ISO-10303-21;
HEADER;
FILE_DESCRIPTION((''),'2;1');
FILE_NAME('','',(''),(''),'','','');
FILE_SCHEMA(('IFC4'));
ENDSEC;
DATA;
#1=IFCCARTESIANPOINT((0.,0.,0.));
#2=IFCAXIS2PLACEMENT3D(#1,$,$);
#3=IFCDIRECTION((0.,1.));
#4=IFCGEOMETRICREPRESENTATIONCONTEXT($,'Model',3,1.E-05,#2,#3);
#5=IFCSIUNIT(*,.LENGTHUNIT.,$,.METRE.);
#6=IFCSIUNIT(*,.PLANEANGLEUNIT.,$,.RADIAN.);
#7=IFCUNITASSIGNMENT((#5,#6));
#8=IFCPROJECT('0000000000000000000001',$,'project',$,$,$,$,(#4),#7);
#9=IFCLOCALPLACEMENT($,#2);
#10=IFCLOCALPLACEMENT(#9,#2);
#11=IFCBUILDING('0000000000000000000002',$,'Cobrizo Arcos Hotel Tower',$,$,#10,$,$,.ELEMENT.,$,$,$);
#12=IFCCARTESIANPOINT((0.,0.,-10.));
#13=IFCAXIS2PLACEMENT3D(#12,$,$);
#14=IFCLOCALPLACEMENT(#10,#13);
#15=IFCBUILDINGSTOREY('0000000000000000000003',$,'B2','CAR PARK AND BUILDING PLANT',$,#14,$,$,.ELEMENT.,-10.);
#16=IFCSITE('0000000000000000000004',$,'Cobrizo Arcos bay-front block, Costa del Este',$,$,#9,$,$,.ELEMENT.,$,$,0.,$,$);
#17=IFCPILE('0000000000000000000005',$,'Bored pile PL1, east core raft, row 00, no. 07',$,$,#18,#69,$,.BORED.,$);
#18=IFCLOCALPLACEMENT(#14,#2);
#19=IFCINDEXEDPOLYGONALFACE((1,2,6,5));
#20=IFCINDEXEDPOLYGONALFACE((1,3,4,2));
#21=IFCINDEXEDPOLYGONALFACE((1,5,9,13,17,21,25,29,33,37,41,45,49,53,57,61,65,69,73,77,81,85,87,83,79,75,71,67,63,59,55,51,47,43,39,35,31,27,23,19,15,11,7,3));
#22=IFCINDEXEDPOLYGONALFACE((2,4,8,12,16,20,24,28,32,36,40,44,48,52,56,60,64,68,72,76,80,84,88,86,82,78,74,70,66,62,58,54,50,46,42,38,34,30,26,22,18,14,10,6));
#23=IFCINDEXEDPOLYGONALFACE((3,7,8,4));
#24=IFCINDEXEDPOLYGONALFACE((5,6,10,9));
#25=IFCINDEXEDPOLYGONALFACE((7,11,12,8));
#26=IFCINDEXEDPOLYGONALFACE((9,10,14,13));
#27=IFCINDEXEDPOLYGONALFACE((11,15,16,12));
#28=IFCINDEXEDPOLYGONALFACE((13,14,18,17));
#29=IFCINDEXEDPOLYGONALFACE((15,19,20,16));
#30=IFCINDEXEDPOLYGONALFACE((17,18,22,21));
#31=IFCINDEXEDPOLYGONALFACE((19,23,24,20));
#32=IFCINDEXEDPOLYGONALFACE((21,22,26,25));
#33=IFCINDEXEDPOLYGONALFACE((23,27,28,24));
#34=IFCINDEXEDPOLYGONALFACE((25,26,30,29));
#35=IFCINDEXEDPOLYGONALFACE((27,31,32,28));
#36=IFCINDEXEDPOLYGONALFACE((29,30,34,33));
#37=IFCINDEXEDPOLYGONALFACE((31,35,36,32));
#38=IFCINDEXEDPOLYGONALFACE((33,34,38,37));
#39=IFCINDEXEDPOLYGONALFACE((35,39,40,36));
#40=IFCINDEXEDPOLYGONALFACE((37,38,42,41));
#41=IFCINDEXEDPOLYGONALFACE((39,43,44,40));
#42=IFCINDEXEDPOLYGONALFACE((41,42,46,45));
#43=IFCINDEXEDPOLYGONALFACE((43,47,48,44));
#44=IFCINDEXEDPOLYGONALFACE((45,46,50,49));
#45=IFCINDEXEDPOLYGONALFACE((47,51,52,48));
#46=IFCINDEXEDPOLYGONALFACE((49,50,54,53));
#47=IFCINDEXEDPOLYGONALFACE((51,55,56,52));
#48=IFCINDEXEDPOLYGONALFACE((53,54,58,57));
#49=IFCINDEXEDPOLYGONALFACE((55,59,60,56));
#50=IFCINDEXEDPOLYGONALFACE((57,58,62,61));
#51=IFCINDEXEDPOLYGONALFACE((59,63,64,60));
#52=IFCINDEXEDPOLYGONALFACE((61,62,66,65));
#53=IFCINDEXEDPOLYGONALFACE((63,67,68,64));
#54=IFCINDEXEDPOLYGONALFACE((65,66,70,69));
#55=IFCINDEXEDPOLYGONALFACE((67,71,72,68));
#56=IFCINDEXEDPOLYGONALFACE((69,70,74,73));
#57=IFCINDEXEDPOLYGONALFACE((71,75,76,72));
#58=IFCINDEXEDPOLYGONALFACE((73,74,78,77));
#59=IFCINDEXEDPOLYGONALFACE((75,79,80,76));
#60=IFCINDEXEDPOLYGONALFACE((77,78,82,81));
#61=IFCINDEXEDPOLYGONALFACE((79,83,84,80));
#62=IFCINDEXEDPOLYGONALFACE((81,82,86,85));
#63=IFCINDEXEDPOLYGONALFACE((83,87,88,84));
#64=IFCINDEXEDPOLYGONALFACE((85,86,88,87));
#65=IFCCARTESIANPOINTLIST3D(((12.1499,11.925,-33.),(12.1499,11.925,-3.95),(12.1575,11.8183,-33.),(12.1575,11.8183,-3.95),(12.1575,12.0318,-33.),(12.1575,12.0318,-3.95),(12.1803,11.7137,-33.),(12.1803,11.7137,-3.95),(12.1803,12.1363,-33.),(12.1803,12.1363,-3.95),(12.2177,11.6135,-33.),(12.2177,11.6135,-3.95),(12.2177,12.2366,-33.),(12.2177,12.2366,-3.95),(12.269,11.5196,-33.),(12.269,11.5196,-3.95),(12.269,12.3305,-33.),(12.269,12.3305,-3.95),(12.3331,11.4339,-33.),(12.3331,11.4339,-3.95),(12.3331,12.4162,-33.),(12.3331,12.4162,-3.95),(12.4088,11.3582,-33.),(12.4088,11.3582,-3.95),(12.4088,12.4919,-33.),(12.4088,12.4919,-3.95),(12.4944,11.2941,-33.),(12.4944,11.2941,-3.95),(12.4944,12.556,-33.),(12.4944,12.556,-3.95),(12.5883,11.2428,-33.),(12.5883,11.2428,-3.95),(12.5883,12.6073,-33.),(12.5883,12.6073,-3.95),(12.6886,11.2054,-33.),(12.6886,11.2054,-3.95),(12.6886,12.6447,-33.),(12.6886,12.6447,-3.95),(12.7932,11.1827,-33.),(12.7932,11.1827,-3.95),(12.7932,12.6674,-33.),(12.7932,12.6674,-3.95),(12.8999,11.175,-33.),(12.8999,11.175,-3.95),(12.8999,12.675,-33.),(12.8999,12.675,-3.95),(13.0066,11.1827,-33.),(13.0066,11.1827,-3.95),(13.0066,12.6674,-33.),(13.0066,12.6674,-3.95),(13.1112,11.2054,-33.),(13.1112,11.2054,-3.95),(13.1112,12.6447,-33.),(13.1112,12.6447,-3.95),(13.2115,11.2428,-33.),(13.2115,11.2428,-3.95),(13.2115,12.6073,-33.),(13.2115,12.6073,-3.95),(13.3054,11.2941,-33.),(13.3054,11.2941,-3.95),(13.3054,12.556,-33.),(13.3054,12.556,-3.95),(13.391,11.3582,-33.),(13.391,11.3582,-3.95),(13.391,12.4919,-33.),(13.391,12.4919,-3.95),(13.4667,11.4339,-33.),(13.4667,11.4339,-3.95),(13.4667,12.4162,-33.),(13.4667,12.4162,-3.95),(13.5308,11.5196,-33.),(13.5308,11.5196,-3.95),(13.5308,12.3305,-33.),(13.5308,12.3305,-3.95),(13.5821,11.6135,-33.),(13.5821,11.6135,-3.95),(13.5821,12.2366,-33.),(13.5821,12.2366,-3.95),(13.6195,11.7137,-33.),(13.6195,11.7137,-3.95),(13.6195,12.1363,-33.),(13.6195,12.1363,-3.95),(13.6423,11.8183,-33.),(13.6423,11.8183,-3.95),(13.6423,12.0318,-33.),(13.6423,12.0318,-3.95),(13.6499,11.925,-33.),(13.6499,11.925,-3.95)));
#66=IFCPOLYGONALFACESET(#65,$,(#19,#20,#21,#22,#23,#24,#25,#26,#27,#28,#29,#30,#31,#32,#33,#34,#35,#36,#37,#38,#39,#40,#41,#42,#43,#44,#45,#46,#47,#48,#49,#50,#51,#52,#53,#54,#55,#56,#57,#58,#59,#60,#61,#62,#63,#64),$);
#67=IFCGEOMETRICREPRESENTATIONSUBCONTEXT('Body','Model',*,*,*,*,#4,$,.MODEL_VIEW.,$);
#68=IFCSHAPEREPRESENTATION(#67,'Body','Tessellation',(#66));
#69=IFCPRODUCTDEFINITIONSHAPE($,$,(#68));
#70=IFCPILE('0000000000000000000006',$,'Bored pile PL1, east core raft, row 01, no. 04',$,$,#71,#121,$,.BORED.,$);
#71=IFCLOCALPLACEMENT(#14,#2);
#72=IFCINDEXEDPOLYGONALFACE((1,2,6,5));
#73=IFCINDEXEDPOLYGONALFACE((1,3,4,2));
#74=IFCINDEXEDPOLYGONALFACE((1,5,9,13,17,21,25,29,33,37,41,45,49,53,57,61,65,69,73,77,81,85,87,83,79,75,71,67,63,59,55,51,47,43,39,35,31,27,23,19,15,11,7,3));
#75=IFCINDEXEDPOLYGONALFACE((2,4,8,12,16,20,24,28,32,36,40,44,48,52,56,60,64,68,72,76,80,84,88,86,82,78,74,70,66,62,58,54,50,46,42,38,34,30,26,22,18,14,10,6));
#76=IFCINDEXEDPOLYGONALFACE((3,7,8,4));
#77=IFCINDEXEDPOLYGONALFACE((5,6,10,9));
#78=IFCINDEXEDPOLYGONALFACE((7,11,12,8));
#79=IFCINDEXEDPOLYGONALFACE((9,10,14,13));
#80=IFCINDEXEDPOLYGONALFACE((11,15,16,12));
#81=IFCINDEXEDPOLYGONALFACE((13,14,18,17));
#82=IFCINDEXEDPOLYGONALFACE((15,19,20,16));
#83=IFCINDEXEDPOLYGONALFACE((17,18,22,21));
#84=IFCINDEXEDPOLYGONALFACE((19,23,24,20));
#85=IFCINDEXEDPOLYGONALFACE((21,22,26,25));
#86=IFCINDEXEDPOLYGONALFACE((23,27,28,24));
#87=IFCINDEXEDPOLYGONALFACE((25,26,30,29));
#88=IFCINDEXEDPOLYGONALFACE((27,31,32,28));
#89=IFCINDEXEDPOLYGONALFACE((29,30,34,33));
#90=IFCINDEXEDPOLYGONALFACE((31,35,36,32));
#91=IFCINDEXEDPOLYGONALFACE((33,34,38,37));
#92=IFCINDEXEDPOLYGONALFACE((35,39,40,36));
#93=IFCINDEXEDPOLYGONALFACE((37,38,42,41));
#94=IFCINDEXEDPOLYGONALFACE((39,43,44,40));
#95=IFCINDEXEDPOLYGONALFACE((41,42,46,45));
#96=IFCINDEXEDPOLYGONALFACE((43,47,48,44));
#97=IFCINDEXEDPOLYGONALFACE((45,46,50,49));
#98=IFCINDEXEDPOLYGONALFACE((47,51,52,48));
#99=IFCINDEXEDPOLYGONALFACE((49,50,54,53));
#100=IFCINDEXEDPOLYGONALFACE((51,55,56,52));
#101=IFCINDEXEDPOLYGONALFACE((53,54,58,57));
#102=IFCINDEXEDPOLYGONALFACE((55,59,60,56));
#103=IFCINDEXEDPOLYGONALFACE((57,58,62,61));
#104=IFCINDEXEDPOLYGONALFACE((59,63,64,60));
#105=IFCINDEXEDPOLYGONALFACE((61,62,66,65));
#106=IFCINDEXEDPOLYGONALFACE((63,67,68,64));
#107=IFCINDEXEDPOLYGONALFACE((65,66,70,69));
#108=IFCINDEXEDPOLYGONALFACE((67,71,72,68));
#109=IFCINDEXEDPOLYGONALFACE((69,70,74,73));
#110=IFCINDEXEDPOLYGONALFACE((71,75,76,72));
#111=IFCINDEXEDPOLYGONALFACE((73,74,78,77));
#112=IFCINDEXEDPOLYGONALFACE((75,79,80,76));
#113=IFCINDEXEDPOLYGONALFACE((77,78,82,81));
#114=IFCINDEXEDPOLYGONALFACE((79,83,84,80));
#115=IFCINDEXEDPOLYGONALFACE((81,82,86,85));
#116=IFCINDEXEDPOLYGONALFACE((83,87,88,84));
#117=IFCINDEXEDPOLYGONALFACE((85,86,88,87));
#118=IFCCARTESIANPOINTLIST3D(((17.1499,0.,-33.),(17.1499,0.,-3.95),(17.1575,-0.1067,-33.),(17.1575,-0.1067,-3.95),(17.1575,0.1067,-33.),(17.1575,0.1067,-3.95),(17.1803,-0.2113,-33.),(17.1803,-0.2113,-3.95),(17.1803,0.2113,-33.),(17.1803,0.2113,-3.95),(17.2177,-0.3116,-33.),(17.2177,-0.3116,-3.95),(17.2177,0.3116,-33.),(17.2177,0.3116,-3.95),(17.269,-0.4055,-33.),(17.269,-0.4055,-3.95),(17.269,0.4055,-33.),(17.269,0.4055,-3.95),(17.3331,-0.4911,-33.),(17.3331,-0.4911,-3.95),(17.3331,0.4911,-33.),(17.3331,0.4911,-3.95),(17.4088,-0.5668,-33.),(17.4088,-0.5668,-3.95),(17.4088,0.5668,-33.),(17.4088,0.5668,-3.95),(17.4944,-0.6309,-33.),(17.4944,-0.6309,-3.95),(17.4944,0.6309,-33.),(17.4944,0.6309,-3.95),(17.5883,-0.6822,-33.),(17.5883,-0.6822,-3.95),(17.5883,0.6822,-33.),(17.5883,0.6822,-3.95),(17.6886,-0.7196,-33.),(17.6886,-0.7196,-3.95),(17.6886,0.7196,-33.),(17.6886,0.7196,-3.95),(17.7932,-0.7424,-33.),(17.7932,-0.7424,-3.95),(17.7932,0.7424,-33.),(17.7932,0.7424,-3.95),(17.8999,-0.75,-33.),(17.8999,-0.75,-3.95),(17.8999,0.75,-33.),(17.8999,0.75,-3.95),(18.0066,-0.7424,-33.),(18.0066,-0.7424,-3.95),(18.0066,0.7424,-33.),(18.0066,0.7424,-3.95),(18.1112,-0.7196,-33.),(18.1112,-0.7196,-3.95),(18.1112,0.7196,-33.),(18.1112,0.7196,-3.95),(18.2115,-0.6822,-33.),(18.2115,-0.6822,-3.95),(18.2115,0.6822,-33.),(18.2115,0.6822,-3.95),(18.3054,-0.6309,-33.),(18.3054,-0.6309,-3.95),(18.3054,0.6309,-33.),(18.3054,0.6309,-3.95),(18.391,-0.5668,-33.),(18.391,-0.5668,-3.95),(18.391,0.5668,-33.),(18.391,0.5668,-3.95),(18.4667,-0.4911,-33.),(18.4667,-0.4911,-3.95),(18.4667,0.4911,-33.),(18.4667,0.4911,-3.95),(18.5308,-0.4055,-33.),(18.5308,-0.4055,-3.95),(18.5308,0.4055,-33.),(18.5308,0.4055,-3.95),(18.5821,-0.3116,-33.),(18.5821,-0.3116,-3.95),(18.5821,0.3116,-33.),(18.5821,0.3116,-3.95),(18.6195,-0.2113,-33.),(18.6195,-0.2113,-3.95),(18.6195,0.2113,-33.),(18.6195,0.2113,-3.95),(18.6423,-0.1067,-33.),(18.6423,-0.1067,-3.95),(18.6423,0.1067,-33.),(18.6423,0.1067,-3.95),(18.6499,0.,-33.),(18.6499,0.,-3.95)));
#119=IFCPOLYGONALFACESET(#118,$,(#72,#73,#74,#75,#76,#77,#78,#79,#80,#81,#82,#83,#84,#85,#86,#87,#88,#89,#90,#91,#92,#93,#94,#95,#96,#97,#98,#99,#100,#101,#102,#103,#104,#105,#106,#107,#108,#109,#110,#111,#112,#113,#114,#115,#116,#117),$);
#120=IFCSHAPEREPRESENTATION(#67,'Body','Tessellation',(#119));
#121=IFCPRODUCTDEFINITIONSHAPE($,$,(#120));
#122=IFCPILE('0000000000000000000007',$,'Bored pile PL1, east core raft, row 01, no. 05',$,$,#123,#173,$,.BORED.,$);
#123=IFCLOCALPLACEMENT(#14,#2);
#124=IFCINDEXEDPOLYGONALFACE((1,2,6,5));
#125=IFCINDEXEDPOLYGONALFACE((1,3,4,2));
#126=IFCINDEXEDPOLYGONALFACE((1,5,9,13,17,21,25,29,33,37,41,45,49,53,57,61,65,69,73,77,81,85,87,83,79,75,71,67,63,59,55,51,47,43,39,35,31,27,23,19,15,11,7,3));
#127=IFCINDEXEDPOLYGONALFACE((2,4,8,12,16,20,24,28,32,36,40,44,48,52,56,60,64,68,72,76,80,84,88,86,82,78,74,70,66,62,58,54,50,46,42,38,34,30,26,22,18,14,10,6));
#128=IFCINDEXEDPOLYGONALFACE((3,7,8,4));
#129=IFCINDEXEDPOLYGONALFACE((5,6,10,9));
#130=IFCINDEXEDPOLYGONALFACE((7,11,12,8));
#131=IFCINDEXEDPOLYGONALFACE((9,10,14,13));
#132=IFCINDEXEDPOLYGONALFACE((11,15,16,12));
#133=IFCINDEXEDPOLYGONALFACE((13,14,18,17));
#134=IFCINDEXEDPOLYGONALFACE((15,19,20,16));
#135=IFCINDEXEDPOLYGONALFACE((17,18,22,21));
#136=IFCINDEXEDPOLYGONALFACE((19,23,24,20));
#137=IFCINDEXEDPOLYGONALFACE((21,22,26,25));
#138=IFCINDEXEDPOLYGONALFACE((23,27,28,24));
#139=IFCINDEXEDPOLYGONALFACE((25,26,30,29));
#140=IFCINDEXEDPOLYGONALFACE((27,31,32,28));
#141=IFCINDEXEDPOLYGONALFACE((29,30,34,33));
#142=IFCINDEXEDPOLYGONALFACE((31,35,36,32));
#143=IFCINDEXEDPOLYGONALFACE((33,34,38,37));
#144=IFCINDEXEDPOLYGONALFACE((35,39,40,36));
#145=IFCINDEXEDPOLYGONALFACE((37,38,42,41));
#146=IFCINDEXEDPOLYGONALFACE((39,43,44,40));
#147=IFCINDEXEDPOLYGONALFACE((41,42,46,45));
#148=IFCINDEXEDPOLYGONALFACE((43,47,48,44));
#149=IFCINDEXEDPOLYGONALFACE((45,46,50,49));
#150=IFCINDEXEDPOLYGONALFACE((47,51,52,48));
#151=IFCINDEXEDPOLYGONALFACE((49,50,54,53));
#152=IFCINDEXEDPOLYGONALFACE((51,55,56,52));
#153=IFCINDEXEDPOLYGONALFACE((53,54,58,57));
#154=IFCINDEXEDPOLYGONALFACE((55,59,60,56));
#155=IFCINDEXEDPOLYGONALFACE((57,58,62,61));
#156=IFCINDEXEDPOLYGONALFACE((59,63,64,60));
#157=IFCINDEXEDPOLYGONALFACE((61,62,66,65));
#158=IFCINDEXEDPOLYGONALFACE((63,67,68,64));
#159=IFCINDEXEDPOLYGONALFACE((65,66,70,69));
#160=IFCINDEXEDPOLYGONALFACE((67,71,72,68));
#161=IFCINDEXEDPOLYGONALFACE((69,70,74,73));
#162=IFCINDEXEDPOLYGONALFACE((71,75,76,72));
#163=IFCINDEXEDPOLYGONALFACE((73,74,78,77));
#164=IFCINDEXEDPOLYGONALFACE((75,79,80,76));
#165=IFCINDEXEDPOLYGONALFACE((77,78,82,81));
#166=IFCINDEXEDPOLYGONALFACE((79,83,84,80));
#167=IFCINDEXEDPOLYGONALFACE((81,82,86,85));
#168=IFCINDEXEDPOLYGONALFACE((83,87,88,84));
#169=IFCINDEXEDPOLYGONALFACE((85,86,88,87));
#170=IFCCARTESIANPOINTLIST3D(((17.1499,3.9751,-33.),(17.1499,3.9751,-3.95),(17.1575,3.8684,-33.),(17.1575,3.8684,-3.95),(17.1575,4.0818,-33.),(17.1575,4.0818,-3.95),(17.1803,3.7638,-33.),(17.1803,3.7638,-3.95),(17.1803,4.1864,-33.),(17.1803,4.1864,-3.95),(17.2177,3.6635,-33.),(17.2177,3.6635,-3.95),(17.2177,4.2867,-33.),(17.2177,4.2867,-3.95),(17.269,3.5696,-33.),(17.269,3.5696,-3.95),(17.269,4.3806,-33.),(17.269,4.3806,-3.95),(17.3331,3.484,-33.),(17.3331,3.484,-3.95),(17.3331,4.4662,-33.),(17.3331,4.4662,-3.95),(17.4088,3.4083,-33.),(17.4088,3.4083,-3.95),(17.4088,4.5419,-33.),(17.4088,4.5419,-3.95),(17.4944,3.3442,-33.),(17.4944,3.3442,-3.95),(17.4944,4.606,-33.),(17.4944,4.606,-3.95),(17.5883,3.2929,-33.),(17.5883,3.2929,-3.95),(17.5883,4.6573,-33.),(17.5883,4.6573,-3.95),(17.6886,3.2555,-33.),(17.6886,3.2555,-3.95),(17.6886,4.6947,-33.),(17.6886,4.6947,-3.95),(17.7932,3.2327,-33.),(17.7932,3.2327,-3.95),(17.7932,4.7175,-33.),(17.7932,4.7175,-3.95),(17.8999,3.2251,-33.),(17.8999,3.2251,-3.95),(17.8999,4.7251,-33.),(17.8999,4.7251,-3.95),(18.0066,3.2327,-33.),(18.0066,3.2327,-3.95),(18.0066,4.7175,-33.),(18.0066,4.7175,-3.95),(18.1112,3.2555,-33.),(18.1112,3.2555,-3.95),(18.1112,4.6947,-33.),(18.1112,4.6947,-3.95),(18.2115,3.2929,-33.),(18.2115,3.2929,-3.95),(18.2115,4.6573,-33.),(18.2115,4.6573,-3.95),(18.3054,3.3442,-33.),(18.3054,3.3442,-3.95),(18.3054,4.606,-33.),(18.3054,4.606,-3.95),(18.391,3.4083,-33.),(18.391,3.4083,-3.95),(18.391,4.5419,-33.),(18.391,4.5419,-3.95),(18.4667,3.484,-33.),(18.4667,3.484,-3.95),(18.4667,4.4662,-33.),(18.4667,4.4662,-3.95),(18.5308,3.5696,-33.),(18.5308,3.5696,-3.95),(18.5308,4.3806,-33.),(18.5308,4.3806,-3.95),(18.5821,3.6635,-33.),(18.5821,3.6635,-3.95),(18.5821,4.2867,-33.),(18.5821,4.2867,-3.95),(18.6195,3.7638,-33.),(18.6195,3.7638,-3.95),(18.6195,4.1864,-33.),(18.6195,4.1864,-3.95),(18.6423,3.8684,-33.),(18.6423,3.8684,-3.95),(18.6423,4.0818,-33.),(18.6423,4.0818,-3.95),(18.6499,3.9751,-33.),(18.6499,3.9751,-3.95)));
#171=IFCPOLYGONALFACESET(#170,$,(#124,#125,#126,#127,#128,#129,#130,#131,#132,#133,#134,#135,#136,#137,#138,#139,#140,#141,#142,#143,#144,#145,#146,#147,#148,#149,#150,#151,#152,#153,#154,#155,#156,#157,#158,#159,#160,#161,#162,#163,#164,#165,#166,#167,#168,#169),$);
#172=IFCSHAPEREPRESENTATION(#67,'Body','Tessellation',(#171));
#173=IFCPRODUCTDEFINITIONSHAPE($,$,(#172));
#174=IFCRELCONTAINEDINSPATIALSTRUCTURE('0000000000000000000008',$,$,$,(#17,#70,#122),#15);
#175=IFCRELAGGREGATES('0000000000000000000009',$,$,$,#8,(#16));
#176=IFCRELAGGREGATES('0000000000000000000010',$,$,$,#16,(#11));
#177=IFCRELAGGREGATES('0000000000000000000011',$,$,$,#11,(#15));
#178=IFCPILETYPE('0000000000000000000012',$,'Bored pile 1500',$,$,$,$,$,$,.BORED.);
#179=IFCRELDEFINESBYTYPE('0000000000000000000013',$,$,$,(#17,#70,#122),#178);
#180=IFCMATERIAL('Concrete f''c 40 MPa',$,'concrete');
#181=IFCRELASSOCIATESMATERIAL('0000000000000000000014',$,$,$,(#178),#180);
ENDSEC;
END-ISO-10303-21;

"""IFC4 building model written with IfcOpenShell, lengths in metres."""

from ifc_helpers import new_model, si_unit, direction, frame, origin, origin_2d, place, context, subcontext, project, spatial, circle, extrude, material, material_profile, profile_set, type_object, element, save


model = new_model("IFC4")

# Units and contexts
model_context = context("Model", 3, precision=1e-05, world=origin(), true_north=direction((0.0, 1.0)))
body_context = subcontext(model_context, "Body", "Model", "MODEL_VIEW")
ifc_project = project(units=[si_unit("LENGTHUNIT", "METRE"), si_unit("PLANEANGLEUNIT", "RADIAN")], contexts=[model_context])

# Site, building, storey
site_placement = place(None, origin())
site = spatial("IfcSite", under=ifc_project, at=site_placement, Name="Cobrizo Arcos bay-front block, Costa del Este", CompositionType="ELEMENT", RefElevation=0.0)
building_placement = place(site_placement, origin())
building = spatial("IfcBuilding", under=site, at=building_placement, Name="Cobrizo Arcos Hotel Tower", CompositionType="ELEMENT")
storey_placement = place(building_placement, frame((0.0, 0.0, -10.0)))
storey = spatial("IfcBuildingStorey", under=building, at=storey_placement, Name="B2", Description="CAR PARK AND BUILDING PLANT", CompositionType="ELEMENT", Elevation=-10.0)

# Piles
ifc_material_1 = material(Name="Concrete f'c 40 MPa", Category="concrete")
ifc_material_profile_1 = material_profile(ifc_material_1, circle(Radius=0.75, at=origin_2d()), Name="BORED PILE 1500")
ifc_profile_set_1 = profile_set([ifc_material_profile_1], Name="Concrete f'c 40 MPa")
pile_type = type_object("IfcPileType", Name="Bored pile 1500", PredefinedType="BORED", material=ifc_profile_set_1)
for number, where, z_axis, x_axis, name in (
    (1, (12.8999, 11.925, -3.95), (0.0, 0.0, -1.0), (1.0, 0.0, 0.0), "Bored pile PL1, east core raft, row 00, no. 07"),
    (2, (17.8999, 0.0, -3.95), (0.0, 0.0, -1.0), (1.0, 0.0, 0.0), "Bored pile PL1, east core raft, row 01, no. 04"),
    (3, (17.8999, 3.9751, -3.95), (0.0, 0.0, -1.0), (1.0, 0.0, 0.0), "Bored pile PL1, east core raft, row 01, no. 05"),
):
    element("IfcPile", number, at=place(storey_placement, frame(where, z_axis=z_axis, x_axis=x_axis)), inside=storey, type_object=pile_type, Name=name, PredefinedType="BORED", context=body_context, shape_type="SweptSolid", body=[
        extrude(circle(Radius=0.75, at=origin_2d()), origin(), (0.0, 0.0, 1.0), 29.05),
    ])

save(model, "model.ifc")
